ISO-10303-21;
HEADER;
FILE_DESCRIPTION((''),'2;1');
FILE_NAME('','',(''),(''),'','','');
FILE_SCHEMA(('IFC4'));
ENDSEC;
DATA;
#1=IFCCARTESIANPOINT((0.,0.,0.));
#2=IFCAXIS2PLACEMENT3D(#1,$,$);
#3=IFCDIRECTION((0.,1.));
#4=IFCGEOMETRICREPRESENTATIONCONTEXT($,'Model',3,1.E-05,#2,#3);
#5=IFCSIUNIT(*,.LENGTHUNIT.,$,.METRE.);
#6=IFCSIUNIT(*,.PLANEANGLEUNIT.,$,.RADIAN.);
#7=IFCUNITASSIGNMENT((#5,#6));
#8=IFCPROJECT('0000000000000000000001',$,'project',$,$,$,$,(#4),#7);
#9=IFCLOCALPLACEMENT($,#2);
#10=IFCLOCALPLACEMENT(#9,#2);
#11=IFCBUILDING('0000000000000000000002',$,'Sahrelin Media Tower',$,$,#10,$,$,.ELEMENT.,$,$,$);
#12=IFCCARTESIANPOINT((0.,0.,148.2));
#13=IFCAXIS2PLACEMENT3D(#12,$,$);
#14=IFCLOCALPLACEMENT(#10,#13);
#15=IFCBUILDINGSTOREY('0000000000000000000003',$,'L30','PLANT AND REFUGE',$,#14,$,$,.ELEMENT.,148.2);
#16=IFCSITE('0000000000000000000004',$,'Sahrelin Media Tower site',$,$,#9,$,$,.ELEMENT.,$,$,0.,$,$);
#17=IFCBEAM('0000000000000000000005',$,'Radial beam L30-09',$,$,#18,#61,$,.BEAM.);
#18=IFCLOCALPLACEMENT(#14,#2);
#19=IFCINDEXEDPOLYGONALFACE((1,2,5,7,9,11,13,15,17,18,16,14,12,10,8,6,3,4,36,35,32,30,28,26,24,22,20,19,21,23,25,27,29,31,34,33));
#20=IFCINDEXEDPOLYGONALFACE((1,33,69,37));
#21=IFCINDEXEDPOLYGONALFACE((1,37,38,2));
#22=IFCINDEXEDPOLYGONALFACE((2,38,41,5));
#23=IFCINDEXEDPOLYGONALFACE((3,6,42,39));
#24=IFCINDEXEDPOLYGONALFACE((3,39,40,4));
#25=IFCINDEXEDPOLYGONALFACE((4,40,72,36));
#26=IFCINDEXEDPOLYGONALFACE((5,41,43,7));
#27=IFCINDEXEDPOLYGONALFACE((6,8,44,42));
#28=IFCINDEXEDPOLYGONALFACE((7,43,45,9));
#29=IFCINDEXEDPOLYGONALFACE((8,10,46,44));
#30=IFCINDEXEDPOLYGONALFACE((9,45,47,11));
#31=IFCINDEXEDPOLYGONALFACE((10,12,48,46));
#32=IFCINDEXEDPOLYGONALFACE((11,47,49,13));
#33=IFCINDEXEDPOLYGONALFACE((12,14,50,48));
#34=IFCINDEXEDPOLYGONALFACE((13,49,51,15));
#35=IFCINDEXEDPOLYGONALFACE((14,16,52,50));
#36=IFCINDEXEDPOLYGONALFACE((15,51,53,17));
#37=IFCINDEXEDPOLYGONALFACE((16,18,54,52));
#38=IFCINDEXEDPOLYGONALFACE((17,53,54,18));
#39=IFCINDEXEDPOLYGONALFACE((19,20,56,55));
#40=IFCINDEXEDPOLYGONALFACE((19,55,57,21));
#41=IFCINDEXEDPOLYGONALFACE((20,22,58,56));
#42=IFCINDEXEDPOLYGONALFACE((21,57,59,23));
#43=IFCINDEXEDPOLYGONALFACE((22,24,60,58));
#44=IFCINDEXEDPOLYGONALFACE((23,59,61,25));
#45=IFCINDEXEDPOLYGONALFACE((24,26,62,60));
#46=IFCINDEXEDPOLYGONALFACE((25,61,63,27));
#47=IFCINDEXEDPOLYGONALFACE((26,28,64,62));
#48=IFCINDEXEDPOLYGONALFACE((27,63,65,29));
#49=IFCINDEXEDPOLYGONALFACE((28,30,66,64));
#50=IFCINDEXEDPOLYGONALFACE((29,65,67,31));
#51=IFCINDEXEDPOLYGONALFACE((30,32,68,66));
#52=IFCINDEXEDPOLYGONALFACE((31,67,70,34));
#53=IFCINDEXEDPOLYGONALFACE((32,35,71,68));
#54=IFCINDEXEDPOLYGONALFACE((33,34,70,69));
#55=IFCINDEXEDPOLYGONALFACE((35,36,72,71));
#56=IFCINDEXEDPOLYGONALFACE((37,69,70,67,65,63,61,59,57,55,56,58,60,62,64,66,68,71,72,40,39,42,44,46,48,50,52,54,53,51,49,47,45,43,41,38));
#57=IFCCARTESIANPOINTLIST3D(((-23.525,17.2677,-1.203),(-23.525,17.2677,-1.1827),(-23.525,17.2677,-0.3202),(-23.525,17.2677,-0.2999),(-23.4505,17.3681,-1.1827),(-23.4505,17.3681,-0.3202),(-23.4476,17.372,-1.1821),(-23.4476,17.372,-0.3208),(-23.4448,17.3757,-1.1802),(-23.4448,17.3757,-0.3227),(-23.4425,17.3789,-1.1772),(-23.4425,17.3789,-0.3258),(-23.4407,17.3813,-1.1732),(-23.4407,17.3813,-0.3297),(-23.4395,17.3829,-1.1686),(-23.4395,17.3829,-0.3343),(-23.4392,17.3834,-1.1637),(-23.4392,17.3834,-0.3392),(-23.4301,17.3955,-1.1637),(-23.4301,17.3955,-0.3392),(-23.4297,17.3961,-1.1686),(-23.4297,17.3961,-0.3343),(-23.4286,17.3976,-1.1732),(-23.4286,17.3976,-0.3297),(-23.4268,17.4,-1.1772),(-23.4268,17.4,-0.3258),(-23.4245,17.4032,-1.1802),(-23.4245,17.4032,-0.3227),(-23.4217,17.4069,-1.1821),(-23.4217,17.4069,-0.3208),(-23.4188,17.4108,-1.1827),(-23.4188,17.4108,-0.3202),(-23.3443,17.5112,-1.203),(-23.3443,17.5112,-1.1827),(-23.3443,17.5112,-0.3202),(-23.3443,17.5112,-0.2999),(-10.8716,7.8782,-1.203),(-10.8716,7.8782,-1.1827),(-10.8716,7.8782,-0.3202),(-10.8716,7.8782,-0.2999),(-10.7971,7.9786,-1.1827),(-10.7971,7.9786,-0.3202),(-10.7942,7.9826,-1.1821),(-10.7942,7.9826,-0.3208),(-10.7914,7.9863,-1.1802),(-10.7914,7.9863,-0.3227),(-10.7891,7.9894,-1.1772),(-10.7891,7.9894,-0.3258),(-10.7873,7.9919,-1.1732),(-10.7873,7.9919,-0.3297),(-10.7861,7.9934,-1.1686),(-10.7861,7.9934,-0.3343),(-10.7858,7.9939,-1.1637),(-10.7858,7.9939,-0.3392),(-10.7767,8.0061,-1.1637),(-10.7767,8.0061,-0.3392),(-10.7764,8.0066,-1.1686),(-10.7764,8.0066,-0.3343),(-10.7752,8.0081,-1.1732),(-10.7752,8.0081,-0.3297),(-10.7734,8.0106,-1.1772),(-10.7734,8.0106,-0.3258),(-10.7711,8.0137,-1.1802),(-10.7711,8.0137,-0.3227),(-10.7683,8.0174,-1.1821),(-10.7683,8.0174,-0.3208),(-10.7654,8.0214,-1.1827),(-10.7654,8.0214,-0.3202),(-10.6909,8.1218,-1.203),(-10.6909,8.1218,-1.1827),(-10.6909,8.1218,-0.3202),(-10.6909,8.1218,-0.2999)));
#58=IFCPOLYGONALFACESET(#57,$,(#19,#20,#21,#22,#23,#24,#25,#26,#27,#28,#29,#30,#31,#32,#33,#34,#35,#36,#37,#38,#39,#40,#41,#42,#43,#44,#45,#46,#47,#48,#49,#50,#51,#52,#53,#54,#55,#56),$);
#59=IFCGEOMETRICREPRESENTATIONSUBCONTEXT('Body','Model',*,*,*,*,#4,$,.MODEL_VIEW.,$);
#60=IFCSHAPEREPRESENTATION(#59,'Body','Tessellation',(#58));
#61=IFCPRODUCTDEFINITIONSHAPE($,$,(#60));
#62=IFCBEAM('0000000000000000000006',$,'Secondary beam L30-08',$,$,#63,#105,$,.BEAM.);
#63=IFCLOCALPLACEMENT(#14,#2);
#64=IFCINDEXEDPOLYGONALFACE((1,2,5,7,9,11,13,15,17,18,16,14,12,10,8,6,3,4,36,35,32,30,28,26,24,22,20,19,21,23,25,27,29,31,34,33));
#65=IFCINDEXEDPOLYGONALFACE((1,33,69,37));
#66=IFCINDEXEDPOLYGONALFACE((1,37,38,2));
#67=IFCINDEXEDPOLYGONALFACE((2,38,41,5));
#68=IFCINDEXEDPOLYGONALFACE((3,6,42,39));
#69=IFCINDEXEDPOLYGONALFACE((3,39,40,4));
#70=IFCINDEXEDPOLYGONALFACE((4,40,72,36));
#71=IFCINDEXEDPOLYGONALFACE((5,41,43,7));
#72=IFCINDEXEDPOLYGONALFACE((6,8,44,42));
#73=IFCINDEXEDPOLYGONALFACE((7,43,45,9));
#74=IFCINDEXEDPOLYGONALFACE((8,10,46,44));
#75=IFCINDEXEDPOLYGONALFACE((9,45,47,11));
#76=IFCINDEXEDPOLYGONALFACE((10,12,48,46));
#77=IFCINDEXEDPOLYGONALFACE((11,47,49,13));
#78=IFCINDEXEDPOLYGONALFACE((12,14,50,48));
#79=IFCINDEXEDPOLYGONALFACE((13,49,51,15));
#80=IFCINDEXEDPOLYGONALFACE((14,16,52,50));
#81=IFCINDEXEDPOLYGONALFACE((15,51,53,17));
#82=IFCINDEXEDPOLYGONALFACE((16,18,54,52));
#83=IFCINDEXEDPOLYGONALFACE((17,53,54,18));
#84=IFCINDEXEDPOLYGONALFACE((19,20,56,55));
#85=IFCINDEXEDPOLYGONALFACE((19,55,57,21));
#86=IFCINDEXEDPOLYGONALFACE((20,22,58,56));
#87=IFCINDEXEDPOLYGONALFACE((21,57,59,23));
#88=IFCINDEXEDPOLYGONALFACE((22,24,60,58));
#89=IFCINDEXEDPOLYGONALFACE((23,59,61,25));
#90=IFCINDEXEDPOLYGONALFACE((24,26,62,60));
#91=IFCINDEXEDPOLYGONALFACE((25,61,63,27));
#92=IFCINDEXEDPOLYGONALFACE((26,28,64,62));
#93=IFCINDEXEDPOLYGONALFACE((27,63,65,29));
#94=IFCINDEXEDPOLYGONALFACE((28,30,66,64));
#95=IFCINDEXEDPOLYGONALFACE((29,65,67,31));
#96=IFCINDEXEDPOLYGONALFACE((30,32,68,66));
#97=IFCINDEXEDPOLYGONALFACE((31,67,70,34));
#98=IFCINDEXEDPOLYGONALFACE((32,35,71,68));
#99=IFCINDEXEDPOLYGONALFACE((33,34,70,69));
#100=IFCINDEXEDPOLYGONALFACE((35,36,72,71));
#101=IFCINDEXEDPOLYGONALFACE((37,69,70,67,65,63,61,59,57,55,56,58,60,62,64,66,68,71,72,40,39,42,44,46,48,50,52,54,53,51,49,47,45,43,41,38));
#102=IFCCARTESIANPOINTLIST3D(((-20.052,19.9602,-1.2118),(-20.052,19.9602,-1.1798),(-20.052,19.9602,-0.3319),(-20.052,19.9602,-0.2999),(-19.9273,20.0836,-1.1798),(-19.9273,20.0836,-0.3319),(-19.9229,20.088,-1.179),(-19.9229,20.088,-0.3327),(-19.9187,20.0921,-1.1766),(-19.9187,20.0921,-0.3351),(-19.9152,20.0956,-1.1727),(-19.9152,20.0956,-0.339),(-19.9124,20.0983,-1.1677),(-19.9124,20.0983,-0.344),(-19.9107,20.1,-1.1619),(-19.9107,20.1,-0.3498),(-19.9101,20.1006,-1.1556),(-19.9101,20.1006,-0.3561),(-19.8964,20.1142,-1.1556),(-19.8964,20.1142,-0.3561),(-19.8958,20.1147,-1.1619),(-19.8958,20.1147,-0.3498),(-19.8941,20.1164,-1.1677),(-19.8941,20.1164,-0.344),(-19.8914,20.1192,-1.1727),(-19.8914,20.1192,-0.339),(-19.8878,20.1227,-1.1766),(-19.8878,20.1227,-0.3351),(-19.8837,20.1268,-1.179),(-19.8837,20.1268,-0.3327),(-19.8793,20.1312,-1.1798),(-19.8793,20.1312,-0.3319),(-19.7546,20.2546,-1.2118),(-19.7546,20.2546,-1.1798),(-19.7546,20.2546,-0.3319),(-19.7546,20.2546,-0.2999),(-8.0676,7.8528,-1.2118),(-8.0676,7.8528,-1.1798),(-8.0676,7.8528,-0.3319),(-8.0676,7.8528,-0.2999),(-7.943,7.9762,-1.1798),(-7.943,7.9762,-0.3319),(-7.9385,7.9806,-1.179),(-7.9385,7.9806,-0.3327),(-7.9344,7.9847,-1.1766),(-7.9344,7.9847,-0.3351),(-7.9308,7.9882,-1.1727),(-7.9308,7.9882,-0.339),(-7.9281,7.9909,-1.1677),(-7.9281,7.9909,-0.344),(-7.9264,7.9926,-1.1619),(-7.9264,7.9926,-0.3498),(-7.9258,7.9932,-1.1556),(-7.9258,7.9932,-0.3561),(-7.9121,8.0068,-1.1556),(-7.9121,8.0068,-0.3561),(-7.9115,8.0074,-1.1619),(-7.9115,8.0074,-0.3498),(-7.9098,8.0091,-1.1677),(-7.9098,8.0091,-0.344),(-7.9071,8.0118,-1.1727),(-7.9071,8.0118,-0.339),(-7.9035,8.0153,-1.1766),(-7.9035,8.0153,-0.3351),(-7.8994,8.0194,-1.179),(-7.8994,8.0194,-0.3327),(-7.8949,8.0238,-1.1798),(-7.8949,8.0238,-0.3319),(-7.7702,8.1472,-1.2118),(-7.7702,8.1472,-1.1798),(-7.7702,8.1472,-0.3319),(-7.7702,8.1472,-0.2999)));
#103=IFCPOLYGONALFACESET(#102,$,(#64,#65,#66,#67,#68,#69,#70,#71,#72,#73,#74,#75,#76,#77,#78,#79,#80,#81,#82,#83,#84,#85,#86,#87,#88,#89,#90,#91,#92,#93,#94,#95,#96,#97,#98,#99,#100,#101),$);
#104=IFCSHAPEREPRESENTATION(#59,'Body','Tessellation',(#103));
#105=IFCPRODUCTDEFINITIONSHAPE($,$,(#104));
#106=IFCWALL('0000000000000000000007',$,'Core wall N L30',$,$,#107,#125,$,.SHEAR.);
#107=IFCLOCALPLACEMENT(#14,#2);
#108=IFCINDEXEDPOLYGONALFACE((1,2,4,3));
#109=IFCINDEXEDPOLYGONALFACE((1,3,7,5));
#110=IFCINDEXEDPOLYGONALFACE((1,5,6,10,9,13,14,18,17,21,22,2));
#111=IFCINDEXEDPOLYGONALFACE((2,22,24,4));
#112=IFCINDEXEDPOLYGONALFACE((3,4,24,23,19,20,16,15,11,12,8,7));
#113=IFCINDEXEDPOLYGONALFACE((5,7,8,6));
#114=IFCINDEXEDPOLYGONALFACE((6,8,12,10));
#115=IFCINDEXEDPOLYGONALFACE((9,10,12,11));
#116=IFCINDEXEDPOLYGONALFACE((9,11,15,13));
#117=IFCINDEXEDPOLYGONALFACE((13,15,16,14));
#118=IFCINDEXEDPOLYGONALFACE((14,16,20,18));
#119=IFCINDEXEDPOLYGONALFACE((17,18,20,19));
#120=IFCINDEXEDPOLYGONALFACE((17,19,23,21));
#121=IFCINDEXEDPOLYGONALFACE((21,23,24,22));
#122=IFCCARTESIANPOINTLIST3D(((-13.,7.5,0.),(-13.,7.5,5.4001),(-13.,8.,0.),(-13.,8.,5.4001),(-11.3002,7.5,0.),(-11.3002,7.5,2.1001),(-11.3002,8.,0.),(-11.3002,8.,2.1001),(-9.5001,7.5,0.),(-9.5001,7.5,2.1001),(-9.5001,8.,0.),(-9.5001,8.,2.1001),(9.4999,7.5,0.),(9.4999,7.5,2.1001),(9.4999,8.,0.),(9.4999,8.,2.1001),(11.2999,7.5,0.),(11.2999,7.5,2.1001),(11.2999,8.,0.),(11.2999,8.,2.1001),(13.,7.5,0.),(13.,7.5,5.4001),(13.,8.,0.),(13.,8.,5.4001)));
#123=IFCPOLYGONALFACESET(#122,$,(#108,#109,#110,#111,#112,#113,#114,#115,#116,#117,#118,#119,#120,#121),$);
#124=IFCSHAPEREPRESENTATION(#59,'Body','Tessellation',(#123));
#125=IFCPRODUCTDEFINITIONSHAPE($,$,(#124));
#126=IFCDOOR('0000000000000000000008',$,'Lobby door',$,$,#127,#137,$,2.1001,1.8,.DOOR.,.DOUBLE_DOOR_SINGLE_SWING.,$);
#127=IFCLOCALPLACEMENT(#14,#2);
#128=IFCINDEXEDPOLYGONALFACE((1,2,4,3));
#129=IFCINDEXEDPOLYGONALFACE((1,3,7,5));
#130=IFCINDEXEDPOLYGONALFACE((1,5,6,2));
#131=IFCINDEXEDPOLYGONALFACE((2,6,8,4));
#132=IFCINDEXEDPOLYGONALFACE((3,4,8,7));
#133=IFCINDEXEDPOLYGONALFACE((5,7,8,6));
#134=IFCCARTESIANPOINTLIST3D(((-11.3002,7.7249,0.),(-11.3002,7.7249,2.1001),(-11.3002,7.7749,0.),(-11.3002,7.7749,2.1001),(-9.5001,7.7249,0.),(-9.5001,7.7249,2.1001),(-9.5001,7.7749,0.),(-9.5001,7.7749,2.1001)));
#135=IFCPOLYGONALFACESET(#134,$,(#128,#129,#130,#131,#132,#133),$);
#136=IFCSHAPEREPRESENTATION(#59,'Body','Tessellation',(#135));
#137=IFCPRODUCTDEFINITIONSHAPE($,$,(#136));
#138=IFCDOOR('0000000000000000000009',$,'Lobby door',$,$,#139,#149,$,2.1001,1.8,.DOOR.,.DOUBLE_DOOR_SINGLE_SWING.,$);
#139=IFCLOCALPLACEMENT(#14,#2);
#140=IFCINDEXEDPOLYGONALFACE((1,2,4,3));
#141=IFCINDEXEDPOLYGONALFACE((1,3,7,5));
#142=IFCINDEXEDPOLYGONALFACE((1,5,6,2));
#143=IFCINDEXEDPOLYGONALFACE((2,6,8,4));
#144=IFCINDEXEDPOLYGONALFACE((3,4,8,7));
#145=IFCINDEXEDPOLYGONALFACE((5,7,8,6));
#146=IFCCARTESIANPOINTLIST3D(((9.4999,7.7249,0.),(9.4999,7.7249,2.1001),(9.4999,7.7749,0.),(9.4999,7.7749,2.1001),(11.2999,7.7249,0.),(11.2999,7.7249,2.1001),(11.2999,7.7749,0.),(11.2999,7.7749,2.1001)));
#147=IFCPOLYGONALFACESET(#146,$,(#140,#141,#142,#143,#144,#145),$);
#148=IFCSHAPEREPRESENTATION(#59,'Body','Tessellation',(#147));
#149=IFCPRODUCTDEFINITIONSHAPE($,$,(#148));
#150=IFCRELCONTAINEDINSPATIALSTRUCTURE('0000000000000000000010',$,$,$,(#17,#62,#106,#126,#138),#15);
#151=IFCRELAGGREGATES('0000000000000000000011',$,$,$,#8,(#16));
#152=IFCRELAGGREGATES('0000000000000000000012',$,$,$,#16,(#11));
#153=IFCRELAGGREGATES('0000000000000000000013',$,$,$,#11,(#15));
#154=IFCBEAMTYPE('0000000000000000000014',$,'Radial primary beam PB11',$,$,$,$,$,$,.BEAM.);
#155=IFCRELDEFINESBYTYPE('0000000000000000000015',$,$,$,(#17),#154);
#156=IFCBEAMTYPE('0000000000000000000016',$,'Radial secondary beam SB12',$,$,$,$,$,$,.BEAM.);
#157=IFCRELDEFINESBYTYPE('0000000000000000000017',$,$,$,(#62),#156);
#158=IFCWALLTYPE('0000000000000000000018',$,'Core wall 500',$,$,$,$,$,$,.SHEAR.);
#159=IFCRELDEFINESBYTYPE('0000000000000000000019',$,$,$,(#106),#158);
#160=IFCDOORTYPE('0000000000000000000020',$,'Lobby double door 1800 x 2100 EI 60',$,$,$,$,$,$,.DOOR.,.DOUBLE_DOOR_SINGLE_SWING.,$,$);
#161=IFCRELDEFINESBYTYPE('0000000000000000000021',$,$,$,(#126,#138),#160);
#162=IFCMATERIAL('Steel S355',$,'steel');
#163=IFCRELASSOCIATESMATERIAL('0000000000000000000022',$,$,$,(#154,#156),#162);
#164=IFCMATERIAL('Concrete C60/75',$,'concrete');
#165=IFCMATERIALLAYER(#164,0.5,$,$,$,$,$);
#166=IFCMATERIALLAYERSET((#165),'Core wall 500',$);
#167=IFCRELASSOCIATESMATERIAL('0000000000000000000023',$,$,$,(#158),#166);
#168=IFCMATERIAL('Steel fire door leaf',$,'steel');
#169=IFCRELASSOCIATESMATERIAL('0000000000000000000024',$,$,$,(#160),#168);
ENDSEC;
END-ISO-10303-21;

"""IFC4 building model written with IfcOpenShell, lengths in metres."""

from ifc_helpers import new_model, si_unit, direction, frame, frame_2d, origin, origin_2d, place, context, subcontext, project, spatial, rectangle, i_section, extrude, material, layer, layer_set, material_profile, profile_set, type_object, element, fill, save


model = new_model("IFC4")

# Units and contexts
model_context = context("Model", 3, precision=1e-05, world=origin(), true_north=direction((0.0, 1.0)))
body_context = subcontext(model_context, "Body", "Model", "MODEL_VIEW")
ifc_project = project(units=[si_unit("LENGTHUNIT", "METRE"), si_unit("PLANEANGLEUNIT", "RADIAN")], contexts=[model_context])

# Site, building, storey
site_placement = place(None, origin())
site = spatial("IfcSite", under=ifc_project, at=site_placement, Name="Sahrelin Media Tower site", CompositionType="ELEMENT", RefElevation=0.0)
building_placement = place(site_placement, origin())
building = spatial("IfcBuilding", under=site, at=building_placement, Name="Sahrelin Media Tower", CompositionType="ELEMENT")
storey_placement = place(building_placement, frame((0.0, 0.0, 148.2)))
storey = spatial("IfcBuildingStorey", under=building, at=storey_placement, Name="L30", Description="PLANT AND REFUGE", CompositionType="ELEMENT", Elevation=148.2)

# Beams
ifc_material_1 = material(Name="Steel S355", Category="steel")
ifc_material_profile_1 = material_profile(ifc_material_1, i_section(OverallWidth=0.3032, OverallDepth=0.9031, WebThickness=0.0151, FlangeThickness=0.0203, FilletRadius=0.019, at=origin_2d()), Name="UB 914x305x201")
ifc_profile_set_1 = profile_set([ifc_material_profile_1], Name="Steel S355")
beam_type_1 = type_object("IfcBeamType", Name="Radial primary beam PB11", PredefinedType="BEAM", material=ifc_profile_set_1)
beam_1_placement = place(storey_placement, frame((-10.7812, 8.0, -0.7515), z_axis=(-0.803054, 0.595907, 0.0), x_axis=(-0.595907, -0.803054, 0.0)))
element("IfcBeam", 1, at=beam_1_placement, inside=storey, type_object=beam_type_1, Name="Radial beam L30-09", PredefinedType="BEAM", context=body_context, shape_type="SweptSolid", body=[
    extrude(i_section(OverallWidth=0.3032, OverallDepth=0.9031, WebThickness=0.0151, FlangeThickness=0.0203, FilletRadius=0.019, at=origin_2d()), origin(), (0.0, 0.0, 1.0), 15.7566),
])
ifc_material_profile_2 = material_profile(ifc_material_1, i_section(OverallWidth=0.4185, OverallDepth=0.9119, WebThickness=0.0193, FlangeThickness=0.032, FilletRadius=0.0242, at=origin_2d()), Name="UB 914x419x343")
ifc_profile_set_2 = profile_set([ifc_material_profile_2], Name="Steel S355")
beam_type_2 = type_object("IfcBeamType", Name="Radial secondary beam SB12", PredefinedType="BEAM", material=ifc_profile_set_2)
beam_2_placement = place(storey_placement, frame((-7.9189, 8.0, -0.7559), z_axis=(-0.703486, 0.710709, 0.0), x_axis=(-0.710709, -0.703486, 0.0)))
element("IfcBeam", 2, at=beam_2_placement, inside=storey, type_object=beam_type_2, Name="Secondary beam L30-08", PredefinedType="BEAM", context=body_context, shape_type="SweptSolid", body=[
    extrude(i_section(OverallWidth=0.4185, OverallDepth=0.9119, WebThickness=0.0193, FlangeThickness=0.032, FilletRadius=0.0242, at=origin_2d()), origin(), (0.0, 0.0, 1.0), 17.0356),
])

# Wall, openings, doors
ifc_material_2 = material(Name="Concrete C60/75", Category="concrete")
ifc_layer_1 = layer(ifc_material_2, 0.5)
ifc_layer_set_1 = layer_set([ifc_layer_1], Name="Core wall 500")
wall_type_1 = type_object("IfcWallType", Name="Core wall 500", PredefinedType="SHEAR", material=ifc_layer_set_1)
wall_1_placement = place(storey_placement, frame((-13.0, 7.75, 0.0), z_axis=(0.0, 0.0, 1.0), x_axis=(1.0, 0.0, 0.0)))
wall_1 = element("IfcWall", 3, at=wall_1_placement, inside=storey, type_object=wall_type_1, Name="Core wall N L30", PredefinedType="SHEAR", context=body_context, shape_type="SweptSolid", body=[
    extrude(rectangle(XDim=26.0, YDim=0.5, at=frame_2d((13.0, 0.0))), origin(), (0.0, 0.0, 1.0), 5.4001),
])
opening_1_placement = place(wall_1_placement, frame((1.7, 0.0, 0.0)))
opening_1 = element("IfcOpeningElement", 4, at=opening_1_placement, cuts=wall_1, PredefinedType="OPENING", context=body_context, shape_type="SweptSolid", body=[
    extrude(rectangle(XDim=1.8, YDim=2.1001, at=frame_2d((0.8999, 1.05))), frame((0.0, 0.25, 0.0), z_axis=(0.0, -1.0, 0.0), x_axis=(1.0, 0.0, 0.0)), (0.0, 0.0, 1.0), 0.5),
])
opening_2_placement = place(wall_1_placement, frame((22.5, 0.0, 0.0)))
opening_2 = element("IfcOpeningElement", 5, at=opening_2_placement, cuts=wall_1, PredefinedType="OPENING", context=body_context, shape_type="SweptSolid", body=[
    extrude(rectangle(XDim=1.8, YDim=2.1001, at=frame_2d((0.8999, 1.05))), frame((0.0, 0.25, 0.0), z_axis=(0.0, -1.0, 0.0), x_axis=(1.0, 0.0, 0.0)), (0.0, 0.0, 1.0), 0.5),
])
ifc_material_3 = material(Name="Steel fire door leaf", Category="steel")
door_type_1 = type_object("IfcDoorType", Name="Lobby double door 1800 x 2100 EI 60", OperationType="DOUBLE_DOOR_SINGLE_SWING", PredefinedType="DOOR", material=ifc_material_3)
door_1_placement = place(opening_1_placement, origin())
door_1 = element("IfcDoor", 6, at=door_1_placement, inside=storey, type_object=door_type_1, Name="Lobby door", OperationType="DOUBLE_DOOR_SINGLE_SWING", OverallHeight=2.1001, OverallWidth=1.8, PredefinedType="DOOR", context=body_context, shape_type="SweptSolid", body=[
    extrude(rectangle(XDim=1.8, YDim=2.1001, at=frame_2d((0.8999, 1.05))), frame((0.0, 0.0249, 0.0), z_axis=(0.0, -1.0, 0.0), x_axis=(1.0, 0.0, 0.0)), (0.0, 0.0, 1.0), 0.05),
])
fill(opening_1, door_1)
door_2_placement = place(opening_2_placement, origin())
door_2 = element("IfcDoor", 7, at=door_2_placement, inside=storey, type_object=door_type_1, Name="Lobby door", OperationType="DOUBLE_DOOR_SINGLE_SWING", OverallHeight=2.1001, OverallWidth=1.8, PredefinedType="DOOR", context=body_context, shape_type="SweptSolid", body=[
    extrude(rectangle(XDim=1.8, YDim=2.1001, at=frame_2d((0.8999, 1.05))), frame((0.0, 0.0249, 0.0), z_axis=(0.0, -1.0, 0.0), x_axis=(1.0, 0.0, 0.0)), (0.0, 0.0, 1.0), 0.05),
])
fill(opening_2, door_2)

save(model, "model.ifc")
